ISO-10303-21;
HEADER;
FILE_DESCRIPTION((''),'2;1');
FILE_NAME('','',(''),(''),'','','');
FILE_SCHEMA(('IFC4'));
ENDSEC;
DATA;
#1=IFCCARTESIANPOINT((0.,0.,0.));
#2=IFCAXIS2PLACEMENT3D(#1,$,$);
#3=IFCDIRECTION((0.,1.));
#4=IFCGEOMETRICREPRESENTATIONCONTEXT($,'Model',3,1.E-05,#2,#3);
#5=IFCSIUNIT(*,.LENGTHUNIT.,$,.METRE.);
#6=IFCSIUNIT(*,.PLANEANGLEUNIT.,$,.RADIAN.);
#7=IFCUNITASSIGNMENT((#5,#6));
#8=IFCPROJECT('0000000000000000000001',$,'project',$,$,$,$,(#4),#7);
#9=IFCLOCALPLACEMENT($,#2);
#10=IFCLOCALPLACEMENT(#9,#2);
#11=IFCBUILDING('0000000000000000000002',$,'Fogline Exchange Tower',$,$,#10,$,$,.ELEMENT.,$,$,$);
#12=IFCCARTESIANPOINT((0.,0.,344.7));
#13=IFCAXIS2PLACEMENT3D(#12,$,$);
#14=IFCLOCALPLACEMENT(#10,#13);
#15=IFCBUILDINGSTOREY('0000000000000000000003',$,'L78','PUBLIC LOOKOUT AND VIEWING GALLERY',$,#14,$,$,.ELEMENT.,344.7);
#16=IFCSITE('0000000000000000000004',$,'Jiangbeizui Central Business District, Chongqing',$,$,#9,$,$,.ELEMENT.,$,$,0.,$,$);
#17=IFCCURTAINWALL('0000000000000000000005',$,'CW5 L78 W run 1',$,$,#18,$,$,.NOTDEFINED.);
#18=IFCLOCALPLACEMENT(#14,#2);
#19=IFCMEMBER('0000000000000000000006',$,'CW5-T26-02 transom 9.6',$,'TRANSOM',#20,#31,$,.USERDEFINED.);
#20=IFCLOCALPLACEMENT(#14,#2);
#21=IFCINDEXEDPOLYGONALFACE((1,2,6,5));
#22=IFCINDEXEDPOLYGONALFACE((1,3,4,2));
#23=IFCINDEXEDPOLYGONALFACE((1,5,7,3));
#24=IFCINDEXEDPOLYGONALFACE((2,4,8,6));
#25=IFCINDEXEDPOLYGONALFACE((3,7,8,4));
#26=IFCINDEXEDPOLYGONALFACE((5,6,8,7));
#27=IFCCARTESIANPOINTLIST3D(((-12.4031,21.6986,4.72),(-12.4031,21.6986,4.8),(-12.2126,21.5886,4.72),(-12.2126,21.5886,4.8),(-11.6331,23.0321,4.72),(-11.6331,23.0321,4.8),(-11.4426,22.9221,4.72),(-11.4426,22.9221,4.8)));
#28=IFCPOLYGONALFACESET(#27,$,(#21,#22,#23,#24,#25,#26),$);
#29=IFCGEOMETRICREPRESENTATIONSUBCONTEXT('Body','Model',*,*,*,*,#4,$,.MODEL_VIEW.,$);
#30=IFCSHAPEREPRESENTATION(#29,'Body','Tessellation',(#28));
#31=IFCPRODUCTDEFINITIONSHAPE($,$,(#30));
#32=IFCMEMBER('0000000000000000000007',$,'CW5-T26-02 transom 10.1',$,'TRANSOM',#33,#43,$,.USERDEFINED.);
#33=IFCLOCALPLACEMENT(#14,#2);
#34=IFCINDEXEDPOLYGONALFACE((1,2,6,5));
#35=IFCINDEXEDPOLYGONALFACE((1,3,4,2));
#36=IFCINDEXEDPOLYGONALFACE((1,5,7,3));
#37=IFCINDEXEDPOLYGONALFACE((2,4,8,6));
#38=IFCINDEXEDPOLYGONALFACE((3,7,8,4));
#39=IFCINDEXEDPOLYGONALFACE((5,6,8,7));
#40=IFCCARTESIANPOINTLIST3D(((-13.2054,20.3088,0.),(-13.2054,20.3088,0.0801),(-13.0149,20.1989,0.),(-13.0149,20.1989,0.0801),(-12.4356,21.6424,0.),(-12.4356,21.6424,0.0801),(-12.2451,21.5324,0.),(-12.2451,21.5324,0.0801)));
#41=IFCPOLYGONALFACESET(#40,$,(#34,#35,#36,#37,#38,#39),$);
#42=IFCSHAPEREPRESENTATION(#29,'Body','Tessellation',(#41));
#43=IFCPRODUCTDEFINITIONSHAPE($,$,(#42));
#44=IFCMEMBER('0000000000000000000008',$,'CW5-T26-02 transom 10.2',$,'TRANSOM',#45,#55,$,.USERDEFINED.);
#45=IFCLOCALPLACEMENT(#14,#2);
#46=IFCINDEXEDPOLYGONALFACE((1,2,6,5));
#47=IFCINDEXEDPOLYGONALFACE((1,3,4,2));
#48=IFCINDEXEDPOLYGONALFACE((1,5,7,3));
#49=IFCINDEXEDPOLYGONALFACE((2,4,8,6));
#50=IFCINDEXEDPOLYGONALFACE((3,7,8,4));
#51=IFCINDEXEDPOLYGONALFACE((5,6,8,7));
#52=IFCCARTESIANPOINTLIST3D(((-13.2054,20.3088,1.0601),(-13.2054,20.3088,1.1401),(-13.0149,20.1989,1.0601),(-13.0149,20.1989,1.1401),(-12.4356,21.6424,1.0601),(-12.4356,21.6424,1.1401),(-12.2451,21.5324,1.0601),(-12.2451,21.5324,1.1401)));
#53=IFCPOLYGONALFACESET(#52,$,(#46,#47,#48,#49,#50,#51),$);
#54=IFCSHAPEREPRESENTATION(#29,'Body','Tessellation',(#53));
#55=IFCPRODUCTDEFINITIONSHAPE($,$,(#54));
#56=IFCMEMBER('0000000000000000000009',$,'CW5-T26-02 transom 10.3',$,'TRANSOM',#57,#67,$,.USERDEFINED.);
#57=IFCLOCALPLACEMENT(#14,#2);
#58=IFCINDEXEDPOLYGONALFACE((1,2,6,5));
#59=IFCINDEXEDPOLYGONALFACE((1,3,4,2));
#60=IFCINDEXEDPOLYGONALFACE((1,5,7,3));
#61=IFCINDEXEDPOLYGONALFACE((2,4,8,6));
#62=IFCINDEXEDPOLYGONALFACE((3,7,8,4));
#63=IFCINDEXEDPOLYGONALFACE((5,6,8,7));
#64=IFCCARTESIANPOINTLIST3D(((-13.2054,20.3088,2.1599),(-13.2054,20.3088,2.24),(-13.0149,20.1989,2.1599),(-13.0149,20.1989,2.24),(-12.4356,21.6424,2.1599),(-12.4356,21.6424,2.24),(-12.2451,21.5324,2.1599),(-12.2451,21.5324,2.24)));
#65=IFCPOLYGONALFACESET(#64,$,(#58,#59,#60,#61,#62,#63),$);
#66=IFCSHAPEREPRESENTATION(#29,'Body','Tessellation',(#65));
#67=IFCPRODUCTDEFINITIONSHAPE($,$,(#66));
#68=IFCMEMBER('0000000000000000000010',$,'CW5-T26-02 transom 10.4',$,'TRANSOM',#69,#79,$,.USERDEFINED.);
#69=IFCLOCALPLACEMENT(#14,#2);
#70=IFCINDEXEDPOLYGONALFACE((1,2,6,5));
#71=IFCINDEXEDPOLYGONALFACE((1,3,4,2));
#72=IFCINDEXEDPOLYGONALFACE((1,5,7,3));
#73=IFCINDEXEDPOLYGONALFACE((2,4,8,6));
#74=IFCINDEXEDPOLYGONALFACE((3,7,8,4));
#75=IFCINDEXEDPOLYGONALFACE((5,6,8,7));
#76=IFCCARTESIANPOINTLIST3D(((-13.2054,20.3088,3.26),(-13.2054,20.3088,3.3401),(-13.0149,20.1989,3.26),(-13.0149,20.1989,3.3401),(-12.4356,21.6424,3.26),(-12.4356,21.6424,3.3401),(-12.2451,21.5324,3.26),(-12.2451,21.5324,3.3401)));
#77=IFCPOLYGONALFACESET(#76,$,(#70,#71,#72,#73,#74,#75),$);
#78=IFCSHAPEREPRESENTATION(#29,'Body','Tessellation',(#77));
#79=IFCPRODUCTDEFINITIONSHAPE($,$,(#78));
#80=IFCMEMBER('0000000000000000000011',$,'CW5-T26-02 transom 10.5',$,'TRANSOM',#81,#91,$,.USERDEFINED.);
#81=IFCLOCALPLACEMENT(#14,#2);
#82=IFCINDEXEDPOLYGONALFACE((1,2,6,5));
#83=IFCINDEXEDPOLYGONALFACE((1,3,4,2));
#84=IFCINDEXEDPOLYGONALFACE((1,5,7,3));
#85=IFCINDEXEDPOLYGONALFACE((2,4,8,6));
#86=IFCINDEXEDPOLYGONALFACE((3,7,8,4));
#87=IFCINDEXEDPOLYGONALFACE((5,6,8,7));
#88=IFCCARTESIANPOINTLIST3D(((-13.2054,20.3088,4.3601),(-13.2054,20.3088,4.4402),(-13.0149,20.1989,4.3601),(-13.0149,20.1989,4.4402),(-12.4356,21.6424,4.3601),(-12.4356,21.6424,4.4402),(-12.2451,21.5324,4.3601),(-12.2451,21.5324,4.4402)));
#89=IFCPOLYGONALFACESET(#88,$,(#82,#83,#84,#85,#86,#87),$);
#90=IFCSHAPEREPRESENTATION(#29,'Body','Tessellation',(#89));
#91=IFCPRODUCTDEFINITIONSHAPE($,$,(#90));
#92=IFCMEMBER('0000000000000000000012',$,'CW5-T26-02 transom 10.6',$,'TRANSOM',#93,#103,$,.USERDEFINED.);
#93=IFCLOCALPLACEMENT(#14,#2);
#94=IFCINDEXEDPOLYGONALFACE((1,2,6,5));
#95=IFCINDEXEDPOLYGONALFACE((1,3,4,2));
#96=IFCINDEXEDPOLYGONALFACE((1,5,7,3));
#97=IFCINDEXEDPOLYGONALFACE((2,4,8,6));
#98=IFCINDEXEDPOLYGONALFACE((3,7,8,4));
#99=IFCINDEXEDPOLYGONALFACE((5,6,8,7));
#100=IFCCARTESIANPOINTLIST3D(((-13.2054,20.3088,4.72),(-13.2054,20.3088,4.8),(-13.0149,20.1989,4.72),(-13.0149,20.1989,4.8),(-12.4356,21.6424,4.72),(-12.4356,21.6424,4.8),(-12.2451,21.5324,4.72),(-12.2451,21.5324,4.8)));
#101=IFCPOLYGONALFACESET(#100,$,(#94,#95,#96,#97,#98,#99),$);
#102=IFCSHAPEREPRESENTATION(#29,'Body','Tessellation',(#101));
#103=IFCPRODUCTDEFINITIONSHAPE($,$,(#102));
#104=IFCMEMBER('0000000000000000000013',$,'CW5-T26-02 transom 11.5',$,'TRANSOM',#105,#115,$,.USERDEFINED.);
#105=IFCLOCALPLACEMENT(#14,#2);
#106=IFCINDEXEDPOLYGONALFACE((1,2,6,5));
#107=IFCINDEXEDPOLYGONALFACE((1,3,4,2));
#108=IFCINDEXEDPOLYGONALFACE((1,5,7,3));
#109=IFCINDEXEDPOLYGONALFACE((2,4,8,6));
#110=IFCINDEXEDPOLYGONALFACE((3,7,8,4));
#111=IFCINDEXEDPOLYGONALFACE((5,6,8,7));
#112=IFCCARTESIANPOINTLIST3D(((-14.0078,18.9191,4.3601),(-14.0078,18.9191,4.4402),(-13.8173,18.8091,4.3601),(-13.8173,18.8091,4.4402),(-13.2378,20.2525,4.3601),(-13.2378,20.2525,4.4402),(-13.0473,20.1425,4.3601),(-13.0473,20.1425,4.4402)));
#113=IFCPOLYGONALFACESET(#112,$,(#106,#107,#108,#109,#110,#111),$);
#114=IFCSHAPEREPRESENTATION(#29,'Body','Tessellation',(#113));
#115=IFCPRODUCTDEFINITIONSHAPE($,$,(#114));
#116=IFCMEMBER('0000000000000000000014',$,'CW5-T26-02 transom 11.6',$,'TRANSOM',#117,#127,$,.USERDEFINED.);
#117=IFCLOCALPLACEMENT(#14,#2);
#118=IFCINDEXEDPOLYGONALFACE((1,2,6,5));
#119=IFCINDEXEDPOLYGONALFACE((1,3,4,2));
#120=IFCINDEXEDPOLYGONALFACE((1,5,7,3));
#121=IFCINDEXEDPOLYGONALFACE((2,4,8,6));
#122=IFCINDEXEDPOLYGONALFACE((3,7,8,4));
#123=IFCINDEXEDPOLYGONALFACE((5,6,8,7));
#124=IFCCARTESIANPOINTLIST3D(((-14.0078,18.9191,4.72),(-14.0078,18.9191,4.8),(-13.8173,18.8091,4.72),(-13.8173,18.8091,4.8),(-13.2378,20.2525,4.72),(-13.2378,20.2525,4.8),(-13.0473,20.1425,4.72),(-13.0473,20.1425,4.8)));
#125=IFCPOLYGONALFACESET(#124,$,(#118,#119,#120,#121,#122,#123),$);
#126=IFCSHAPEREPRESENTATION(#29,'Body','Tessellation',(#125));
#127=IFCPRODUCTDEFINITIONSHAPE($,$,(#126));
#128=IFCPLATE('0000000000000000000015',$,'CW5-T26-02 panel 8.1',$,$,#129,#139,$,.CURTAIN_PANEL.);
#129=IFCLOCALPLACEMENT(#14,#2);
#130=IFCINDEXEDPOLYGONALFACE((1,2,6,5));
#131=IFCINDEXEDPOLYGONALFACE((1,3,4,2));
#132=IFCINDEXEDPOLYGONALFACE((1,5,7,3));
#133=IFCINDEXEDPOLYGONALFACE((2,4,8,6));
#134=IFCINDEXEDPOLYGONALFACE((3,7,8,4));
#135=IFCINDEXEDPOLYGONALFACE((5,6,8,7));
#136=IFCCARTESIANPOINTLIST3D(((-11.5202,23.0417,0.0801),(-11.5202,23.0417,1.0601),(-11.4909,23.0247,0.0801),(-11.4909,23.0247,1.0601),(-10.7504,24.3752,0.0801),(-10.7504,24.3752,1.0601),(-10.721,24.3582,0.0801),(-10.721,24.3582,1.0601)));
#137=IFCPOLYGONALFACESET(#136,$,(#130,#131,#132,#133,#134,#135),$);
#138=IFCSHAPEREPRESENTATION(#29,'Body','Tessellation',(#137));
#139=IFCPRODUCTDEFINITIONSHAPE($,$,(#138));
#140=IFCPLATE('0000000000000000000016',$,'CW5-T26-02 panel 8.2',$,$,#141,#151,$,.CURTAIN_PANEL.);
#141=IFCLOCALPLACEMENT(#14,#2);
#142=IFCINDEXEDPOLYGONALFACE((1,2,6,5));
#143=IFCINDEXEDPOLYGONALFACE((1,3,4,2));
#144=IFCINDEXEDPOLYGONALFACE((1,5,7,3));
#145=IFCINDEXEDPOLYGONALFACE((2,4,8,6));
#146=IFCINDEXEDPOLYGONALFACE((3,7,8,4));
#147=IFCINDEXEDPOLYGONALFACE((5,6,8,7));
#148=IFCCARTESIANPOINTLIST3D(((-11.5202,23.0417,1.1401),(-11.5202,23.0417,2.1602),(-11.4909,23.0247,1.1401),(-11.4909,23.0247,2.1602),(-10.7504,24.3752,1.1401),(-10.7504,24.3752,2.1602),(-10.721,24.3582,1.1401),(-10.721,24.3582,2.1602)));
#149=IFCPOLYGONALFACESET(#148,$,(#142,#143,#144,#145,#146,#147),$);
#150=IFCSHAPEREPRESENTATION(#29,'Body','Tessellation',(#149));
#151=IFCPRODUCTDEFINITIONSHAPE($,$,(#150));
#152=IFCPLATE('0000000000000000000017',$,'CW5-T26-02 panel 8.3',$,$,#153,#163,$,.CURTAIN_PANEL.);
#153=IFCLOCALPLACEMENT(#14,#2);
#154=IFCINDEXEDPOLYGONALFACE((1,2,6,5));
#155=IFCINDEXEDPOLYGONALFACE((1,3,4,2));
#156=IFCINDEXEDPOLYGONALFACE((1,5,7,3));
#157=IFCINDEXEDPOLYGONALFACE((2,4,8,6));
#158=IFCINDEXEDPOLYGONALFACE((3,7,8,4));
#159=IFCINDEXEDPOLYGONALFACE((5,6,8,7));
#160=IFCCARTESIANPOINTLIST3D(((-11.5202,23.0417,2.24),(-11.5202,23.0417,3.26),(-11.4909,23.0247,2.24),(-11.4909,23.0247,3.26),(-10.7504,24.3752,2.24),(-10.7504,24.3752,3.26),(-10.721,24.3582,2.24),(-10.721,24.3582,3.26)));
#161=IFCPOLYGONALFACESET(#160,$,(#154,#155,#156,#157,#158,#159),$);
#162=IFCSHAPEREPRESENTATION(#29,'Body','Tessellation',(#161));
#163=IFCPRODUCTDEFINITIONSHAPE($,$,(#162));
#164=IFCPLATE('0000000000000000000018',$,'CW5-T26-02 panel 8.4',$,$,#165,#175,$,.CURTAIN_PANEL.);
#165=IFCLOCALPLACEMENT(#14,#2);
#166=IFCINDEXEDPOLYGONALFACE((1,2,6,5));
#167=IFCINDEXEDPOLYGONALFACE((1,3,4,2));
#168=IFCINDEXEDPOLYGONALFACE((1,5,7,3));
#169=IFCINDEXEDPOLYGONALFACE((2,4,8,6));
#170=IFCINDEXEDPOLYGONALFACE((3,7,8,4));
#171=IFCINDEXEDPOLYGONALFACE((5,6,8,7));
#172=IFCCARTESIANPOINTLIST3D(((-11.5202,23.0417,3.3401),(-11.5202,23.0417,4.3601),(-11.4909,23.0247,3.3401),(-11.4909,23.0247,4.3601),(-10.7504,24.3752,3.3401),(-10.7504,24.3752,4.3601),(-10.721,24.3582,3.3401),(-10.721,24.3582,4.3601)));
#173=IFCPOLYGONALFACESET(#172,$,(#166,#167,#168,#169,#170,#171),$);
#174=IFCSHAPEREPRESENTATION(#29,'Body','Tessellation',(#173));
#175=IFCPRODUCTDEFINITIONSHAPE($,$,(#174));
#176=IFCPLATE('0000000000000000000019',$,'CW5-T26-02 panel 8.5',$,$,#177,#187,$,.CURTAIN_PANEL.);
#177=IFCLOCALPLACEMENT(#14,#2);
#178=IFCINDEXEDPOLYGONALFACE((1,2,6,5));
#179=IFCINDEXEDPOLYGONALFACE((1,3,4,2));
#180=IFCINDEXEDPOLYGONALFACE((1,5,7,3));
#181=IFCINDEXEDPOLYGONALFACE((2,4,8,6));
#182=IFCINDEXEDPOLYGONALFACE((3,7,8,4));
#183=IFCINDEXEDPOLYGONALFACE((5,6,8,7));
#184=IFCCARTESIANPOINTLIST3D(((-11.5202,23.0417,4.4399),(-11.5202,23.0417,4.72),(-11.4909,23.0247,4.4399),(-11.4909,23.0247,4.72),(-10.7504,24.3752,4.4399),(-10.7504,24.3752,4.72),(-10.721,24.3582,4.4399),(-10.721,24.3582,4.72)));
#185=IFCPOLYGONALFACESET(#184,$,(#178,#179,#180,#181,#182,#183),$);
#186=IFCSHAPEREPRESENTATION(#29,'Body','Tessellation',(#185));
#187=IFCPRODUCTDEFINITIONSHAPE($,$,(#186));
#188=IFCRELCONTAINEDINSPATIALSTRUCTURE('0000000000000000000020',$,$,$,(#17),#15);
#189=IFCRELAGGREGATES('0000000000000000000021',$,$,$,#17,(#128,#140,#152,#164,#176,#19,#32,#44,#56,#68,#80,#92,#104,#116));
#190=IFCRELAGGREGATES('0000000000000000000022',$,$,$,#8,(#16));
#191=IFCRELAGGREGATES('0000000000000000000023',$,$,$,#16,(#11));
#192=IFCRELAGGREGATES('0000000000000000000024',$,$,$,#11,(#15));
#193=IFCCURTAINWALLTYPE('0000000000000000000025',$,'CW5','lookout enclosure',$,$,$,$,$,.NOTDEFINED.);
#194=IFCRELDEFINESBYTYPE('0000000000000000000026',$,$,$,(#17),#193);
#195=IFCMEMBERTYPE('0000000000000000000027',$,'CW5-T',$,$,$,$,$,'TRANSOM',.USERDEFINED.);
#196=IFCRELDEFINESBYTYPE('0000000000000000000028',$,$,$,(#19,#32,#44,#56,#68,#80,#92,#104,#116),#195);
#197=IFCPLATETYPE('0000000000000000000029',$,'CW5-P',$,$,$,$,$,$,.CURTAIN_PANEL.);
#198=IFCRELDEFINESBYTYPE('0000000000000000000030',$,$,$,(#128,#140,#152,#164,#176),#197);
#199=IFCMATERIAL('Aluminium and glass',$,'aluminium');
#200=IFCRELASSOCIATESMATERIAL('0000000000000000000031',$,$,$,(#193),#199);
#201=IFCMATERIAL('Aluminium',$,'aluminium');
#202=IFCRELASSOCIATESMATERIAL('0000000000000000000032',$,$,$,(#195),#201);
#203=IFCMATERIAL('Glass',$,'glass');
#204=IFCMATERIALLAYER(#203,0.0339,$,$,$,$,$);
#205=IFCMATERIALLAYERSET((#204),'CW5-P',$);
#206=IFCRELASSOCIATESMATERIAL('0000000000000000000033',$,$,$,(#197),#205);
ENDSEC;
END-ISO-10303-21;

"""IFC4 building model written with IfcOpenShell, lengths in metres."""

from ifc_helpers import new_model, si_unit, direction, frame, origin, origin_2d, place, context, subcontext, project, spatial, rectangle, extrude, material, layer, layer_set, material_profile, profile_set, type_object, element, aggregate, save


model = new_model("IFC4")

# Units and contexts
model_context = context("Model", 3, precision=1e-05, world=origin(), true_north=direction((0.0, 1.0)))
body_context = subcontext(model_context, "Body", "Model", "MODEL_VIEW")
ifc_project = project(units=[si_unit("LENGTHUNIT", "METRE"), si_unit("PLANEANGLEUNIT", "RADIAN")], contexts=[model_context])

# Site, building, storey
site_placement = place(None, origin())
site = spatial("IfcSite", under=ifc_project, at=site_placement, Name="Jiangbeizui Central Business District, Chongqing", CompositionType="ELEMENT", RefElevation=0.0)
building_placement = place(site_placement, origin())
building = spatial("IfcBuilding", under=site, at=building_placement, Name="Fogline Exchange Tower", CompositionType="ELEMENT")
storey_placement = place(building_placement, frame((0.0, 0.0, 344.7)))
storey = spatial("IfcBuildingStorey", under=building, at=storey_placement, Name="L78", Description="PUBLIC LOOKOUT AND VIEWING GALLERY", CompositionType="ELEMENT", Elevation=344.7)

# Curtain wall, members, plates
ifc_material_1 = material(Name="Aluminium and glass", Category="aluminium")
curtain_wall_type = type_object("IfcCurtainWallType", Name="CW5", Description="lookout enclosure", PredefinedType="NOTDEFINED", material=ifc_material_1)
curtain_wall_placement = place(storey_placement, origin())
curtain_wall = element("IfcCurtainWall", 1, at=curtain_wall_placement, inside=storey, type_object=curtain_wall_type, Name="CW5 L78 W run 1", PredefinedType="NOTDEFINED")
ifc_material_2 = material(Name="Aluminium", Category="aluminium")
ifc_material_profile_1 = material_profile(ifc_material_2, rectangle(XDim=0.22, YDim=0.0801, at=origin_2d()), Name="Transom 80x220")
ifc_profile_set_1 = profile_set([ifc_material_profile_1], Name="Aluminium")
member_type_1 = type_object("IfcMemberType", Name="CW5-T", ElementType="TRANSOM", PredefinedType="USERDEFINED", material=ifc_profile_set_1)
member_1_placement = place(storey_placement, frame((-11.5378, 22.9771, 4.76), z_axis=(-0.500061, -0.86599, 0.0), x_axis=(0.86599, -0.500061, 0.0)))
member_1 = element("IfcMember", 2, at=member_1_placement, type_object=member_type_1, Name="CW5-T26-02 transom 9.6", ObjectType="TRANSOM", PredefinedType="USERDEFINED", context=body_context, shape_type="SweptSolid", body=[
    extrude(rectangle(XDim=0.22, YDim=0.0801, at=origin_2d()), origin(), (0.0, 0.0, 1.0), 1.5398),
])
member_2_placement = place(storey_placement, frame((-12.3403, 21.5874, 0.04), z_axis=(-0.499942, -0.866059, 0.0), x_axis=(0.866059, -0.499942, 0.0)))
member_2 = element("IfcMember", 3, at=member_2_placement, type_object=member_type_1, Name="CW5-T26-02 transom 10.1", ObjectType="TRANSOM", PredefinedType="USERDEFINED", context=body_context, shape_type="SweptSolid", body=[
    extrude(rectangle(XDim=0.22, YDim=0.0801, at=origin_2d()), origin(), (0.0, 0.0, 1.0), 1.5398),
])
member_3_placement = place(storey_placement, frame((-12.3403, 21.5874, 1.1001), z_axis=(-0.499942, -0.866059, 0.0), x_axis=(0.866059, -0.499942, 0.0)))
member_3 = element("IfcMember", 4, at=member_3_placement, type_object=member_type_1, Name="CW5-T26-02 transom 10.2", ObjectType="TRANSOM", PredefinedType="USERDEFINED", context=body_context, shape_type="SweptSolid", body=[
    extrude(rectangle(XDim=0.22, YDim=0.0801, at=origin_2d()), origin(), (0.0, 0.0, 1.0), 1.5398),
])
member_4_placement = place(storey_placement, frame((-12.3403, 21.5874, 2.2), z_axis=(-0.499942, -0.866059, 0.0), x_axis=(0.866059, -0.499942, 0.0)))
member_4 = element("IfcMember", 5, at=member_4_placement, type_object=member_type_1, Name="CW5-T26-02 transom 10.3", ObjectType="TRANSOM", PredefinedType="USERDEFINED", context=body_context, shape_type="SweptSolid", body=[
    extrude(rectangle(XDim=0.22, YDim=0.0801, at=origin_2d()), origin(), (0.0, 0.0, 1.0), 1.5398),
])
member_5_placement = place(storey_placement, frame((-12.3403, 21.5874, 3.3), z_axis=(-0.499942, -0.866059, 0.0), x_axis=(0.866059, -0.499942, 0.0)))
member_5 = element("IfcMember", 6, at=member_5_placement, type_object=member_type_1, Name="CW5-T26-02 transom 10.4", ObjectType="TRANSOM", PredefinedType="USERDEFINED", context=body_context, shape_type="SweptSolid", body=[
    extrude(rectangle(XDim=0.22, YDim=0.0801, at=origin_2d()), origin(), (0.0, 0.0, 1.0), 1.5398),
])
member_6_placement = place(storey_placement, frame((-12.3403, 21.5874, 4.4001), z_axis=(-0.499942, -0.866059, 0.0), x_axis=(0.866059, -0.499942, 0.0)))
member_6 = element("IfcMember", 7, at=member_6_placement, type_object=member_type_1, Name="CW5-T26-02 transom 10.5", ObjectType="TRANSOM", PredefinedType="USERDEFINED", context=body_context, shape_type="SweptSolid", body=[
    extrude(rectangle(XDim=0.22, YDim=0.0801, at=origin_2d()), origin(), (0.0, 0.0, 1.0), 1.5398),
])
member_7_placement = place(storey_placement, frame((-12.3403, 21.5874, 4.76), z_axis=(-0.499942, -0.866059, 0.0), x_axis=(0.866059, -0.499942, 0.0)))
member_7 = element("IfcMember", 8, at=member_7_placement, type_object=member_type_1, Name="CW5-T26-02 transom 10.6", ObjectType="TRANSOM", PredefinedType="USERDEFINED", context=body_context, shape_type="SweptSolid", body=[
    extrude(rectangle(XDim=0.22, YDim=0.0801, at=origin_2d()), origin(), (0.0, 0.0, 1.0), 1.5398),
])
member_8_placement = place(storey_placement, frame((-13.1426, 20.1975, 4.4001), z_axis=(-0.500061, -0.86599, 0.0), x_axis=(0.86599, -0.500061, 0.0)))
member_8 = element("IfcMember", 9, at=member_8_placement, type_object=member_type_1, Name="CW5-T26-02 transom 11.5", ObjectType="TRANSOM", PredefinedType="USERDEFINED", context=body_context, shape_type="SweptSolid", body=[
    extrude(rectangle(XDim=0.22, YDim=0.0801, at=origin_2d()), origin(), (0.0, 0.0, 1.0), 1.5398),
])
member_9_placement = place(storey_placement, frame((-13.1426, 20.1975, 4.76), z_axis=(-0.500061, -0.86599, 0.0), x_axis=(0.86599, -0.500061, 0.0)))
member_9 = element("IfcMember", 10, at=member_9_placement, type_object=member_type_1, Name="CW5-T26-02 transom 11.6", ObjectType="TRANSOM", PredefinedType="USERDEFINED", context=body_context, shape_type="SweptSolid", body=[
    extrude(rectangle(XDim=0.22, YDim=0.0801, at=origin_2d()), origin(), (0.0, 0.0, 1.0), 1.5398),
])
ifc_material_3 = material(Name="Glass", Category="glass")
ifc_layer = layer(ifc_material_3, 0.0339)
ifc_layer_set = layer_set([ifc_layer], Name="CW5-P")
plate_type = type_object("IfcPlateType", Name="CW5-P", PredefinedType="CURTAIN_PANEL", material=ifc_layer_set)
plate_1_placement = place(storey_placement, frame((-11.1206, 23.7, 0.0801), z_axis=(0.0, 0.0, 1.0), x_axis=(-0.5, -0.866025, 0.0)))
plate_1 = element("IfcPlate", 11, at=plate_1_placement, type_object=plate_type, Name="CW5-T26-02 panel 8.1", PredefinedType="CURTAIN_PANEL", context=body_context, shape_type="SweptSolid", body=[
    extrude(rectangle(XDim=1.5398, YDim=0.0339, at=origin_2d()), origin(), (0.0, 0.0, 1.0), 0.98),
])
plate_2_placement = place(storey_placement, frame((-11.1206, 23.7, 1.1401), z_axis=(0.0, 0.0, 1.0), x_axis=(-0.5, -0.866025, 0.0)))
plate_2 = element("IfcPlate", 12, at=plate_2_placement, type_object=plate_type, Name="CW5-T26-02 panel 8.2", PredefinedType="CURTAIN_PANEL", context=body_context, shape_type="SweptSolid", body=[
    extrude(rectangle(XDim=1.5398, YDim=0.0339, at=origin_2d()), origin(), (0.0, 0.0, 1.0), 1.02),
])
plate_3_placement = place(storey_placement, frame((-11.1206, 23.7, 2.24), z_axis=(0.0, 0.0, 1.0), x_axis=(-0.5, -0.866025, 0.0)))
plate_3 = element("IfcPlate", 13, at=plate_3_placement, type_object=plate_type, Name="CW5-T26-02 panel 8.3", PredefinedType="CURTAIN_PANEL", context=body_context, shape_type="SweptSolid", body=[
    extrude(rectangle(XDim=1.5398, YDim=0.0339, at=origin_2d()), origin(), (0.0, 0.0, 1.0), 1.02),
])
plate_4_placement = place(storey_placement, frame((-11.1206, 23.7, 3.3401), z_axis=(0.0, 0.0, 1.0), x_axis=(-0.5, -0.866025, 0.0)))
plate_4 = element("IfcPlate", 14, at=plate_4_placement, type_object=plate_type, Name="CW5-T26-02 panel 8.4", PredefinedType="CURTAIN_PANEL", context=body_context, shape_type="SweptSolid", body=[
    extrude(rectangle(XDim=1.5398, YDim=0.0339, at=origin_2d()), origin(), (0.0, 0.0, 1.0), 1.02),
])
plate_5_placement = place(storey_placement, frame((-11.1206, 23.7, 4.4399), z_axis=(0.0, 0.0, 1.0), x_axis=(-0.5, -0.866025, 0.0)))
plate_5 = element("IfcPlate", 15, at=plate_5_placement, type_object=plate_type, Name="CW5-T26-02 panel 8.5", PredefinedType="CURTAIN_PANEL", context=body_context, shape_type="SweptSolid", body=[
    extrude(rectangle(XDim=1.5398, YDim=0.0339, at=origin_2d()), origin(), (0.0, 0.0, 1.0), 0.28),
])
aggregate(curtain_wall, [plate_1, plate_2, plate_3, plate_4, plate_5, member_1, member_2, member_3, member_4, member_5, member_6, member_7, member_8, member_9])

save(model, "model.ifc")
